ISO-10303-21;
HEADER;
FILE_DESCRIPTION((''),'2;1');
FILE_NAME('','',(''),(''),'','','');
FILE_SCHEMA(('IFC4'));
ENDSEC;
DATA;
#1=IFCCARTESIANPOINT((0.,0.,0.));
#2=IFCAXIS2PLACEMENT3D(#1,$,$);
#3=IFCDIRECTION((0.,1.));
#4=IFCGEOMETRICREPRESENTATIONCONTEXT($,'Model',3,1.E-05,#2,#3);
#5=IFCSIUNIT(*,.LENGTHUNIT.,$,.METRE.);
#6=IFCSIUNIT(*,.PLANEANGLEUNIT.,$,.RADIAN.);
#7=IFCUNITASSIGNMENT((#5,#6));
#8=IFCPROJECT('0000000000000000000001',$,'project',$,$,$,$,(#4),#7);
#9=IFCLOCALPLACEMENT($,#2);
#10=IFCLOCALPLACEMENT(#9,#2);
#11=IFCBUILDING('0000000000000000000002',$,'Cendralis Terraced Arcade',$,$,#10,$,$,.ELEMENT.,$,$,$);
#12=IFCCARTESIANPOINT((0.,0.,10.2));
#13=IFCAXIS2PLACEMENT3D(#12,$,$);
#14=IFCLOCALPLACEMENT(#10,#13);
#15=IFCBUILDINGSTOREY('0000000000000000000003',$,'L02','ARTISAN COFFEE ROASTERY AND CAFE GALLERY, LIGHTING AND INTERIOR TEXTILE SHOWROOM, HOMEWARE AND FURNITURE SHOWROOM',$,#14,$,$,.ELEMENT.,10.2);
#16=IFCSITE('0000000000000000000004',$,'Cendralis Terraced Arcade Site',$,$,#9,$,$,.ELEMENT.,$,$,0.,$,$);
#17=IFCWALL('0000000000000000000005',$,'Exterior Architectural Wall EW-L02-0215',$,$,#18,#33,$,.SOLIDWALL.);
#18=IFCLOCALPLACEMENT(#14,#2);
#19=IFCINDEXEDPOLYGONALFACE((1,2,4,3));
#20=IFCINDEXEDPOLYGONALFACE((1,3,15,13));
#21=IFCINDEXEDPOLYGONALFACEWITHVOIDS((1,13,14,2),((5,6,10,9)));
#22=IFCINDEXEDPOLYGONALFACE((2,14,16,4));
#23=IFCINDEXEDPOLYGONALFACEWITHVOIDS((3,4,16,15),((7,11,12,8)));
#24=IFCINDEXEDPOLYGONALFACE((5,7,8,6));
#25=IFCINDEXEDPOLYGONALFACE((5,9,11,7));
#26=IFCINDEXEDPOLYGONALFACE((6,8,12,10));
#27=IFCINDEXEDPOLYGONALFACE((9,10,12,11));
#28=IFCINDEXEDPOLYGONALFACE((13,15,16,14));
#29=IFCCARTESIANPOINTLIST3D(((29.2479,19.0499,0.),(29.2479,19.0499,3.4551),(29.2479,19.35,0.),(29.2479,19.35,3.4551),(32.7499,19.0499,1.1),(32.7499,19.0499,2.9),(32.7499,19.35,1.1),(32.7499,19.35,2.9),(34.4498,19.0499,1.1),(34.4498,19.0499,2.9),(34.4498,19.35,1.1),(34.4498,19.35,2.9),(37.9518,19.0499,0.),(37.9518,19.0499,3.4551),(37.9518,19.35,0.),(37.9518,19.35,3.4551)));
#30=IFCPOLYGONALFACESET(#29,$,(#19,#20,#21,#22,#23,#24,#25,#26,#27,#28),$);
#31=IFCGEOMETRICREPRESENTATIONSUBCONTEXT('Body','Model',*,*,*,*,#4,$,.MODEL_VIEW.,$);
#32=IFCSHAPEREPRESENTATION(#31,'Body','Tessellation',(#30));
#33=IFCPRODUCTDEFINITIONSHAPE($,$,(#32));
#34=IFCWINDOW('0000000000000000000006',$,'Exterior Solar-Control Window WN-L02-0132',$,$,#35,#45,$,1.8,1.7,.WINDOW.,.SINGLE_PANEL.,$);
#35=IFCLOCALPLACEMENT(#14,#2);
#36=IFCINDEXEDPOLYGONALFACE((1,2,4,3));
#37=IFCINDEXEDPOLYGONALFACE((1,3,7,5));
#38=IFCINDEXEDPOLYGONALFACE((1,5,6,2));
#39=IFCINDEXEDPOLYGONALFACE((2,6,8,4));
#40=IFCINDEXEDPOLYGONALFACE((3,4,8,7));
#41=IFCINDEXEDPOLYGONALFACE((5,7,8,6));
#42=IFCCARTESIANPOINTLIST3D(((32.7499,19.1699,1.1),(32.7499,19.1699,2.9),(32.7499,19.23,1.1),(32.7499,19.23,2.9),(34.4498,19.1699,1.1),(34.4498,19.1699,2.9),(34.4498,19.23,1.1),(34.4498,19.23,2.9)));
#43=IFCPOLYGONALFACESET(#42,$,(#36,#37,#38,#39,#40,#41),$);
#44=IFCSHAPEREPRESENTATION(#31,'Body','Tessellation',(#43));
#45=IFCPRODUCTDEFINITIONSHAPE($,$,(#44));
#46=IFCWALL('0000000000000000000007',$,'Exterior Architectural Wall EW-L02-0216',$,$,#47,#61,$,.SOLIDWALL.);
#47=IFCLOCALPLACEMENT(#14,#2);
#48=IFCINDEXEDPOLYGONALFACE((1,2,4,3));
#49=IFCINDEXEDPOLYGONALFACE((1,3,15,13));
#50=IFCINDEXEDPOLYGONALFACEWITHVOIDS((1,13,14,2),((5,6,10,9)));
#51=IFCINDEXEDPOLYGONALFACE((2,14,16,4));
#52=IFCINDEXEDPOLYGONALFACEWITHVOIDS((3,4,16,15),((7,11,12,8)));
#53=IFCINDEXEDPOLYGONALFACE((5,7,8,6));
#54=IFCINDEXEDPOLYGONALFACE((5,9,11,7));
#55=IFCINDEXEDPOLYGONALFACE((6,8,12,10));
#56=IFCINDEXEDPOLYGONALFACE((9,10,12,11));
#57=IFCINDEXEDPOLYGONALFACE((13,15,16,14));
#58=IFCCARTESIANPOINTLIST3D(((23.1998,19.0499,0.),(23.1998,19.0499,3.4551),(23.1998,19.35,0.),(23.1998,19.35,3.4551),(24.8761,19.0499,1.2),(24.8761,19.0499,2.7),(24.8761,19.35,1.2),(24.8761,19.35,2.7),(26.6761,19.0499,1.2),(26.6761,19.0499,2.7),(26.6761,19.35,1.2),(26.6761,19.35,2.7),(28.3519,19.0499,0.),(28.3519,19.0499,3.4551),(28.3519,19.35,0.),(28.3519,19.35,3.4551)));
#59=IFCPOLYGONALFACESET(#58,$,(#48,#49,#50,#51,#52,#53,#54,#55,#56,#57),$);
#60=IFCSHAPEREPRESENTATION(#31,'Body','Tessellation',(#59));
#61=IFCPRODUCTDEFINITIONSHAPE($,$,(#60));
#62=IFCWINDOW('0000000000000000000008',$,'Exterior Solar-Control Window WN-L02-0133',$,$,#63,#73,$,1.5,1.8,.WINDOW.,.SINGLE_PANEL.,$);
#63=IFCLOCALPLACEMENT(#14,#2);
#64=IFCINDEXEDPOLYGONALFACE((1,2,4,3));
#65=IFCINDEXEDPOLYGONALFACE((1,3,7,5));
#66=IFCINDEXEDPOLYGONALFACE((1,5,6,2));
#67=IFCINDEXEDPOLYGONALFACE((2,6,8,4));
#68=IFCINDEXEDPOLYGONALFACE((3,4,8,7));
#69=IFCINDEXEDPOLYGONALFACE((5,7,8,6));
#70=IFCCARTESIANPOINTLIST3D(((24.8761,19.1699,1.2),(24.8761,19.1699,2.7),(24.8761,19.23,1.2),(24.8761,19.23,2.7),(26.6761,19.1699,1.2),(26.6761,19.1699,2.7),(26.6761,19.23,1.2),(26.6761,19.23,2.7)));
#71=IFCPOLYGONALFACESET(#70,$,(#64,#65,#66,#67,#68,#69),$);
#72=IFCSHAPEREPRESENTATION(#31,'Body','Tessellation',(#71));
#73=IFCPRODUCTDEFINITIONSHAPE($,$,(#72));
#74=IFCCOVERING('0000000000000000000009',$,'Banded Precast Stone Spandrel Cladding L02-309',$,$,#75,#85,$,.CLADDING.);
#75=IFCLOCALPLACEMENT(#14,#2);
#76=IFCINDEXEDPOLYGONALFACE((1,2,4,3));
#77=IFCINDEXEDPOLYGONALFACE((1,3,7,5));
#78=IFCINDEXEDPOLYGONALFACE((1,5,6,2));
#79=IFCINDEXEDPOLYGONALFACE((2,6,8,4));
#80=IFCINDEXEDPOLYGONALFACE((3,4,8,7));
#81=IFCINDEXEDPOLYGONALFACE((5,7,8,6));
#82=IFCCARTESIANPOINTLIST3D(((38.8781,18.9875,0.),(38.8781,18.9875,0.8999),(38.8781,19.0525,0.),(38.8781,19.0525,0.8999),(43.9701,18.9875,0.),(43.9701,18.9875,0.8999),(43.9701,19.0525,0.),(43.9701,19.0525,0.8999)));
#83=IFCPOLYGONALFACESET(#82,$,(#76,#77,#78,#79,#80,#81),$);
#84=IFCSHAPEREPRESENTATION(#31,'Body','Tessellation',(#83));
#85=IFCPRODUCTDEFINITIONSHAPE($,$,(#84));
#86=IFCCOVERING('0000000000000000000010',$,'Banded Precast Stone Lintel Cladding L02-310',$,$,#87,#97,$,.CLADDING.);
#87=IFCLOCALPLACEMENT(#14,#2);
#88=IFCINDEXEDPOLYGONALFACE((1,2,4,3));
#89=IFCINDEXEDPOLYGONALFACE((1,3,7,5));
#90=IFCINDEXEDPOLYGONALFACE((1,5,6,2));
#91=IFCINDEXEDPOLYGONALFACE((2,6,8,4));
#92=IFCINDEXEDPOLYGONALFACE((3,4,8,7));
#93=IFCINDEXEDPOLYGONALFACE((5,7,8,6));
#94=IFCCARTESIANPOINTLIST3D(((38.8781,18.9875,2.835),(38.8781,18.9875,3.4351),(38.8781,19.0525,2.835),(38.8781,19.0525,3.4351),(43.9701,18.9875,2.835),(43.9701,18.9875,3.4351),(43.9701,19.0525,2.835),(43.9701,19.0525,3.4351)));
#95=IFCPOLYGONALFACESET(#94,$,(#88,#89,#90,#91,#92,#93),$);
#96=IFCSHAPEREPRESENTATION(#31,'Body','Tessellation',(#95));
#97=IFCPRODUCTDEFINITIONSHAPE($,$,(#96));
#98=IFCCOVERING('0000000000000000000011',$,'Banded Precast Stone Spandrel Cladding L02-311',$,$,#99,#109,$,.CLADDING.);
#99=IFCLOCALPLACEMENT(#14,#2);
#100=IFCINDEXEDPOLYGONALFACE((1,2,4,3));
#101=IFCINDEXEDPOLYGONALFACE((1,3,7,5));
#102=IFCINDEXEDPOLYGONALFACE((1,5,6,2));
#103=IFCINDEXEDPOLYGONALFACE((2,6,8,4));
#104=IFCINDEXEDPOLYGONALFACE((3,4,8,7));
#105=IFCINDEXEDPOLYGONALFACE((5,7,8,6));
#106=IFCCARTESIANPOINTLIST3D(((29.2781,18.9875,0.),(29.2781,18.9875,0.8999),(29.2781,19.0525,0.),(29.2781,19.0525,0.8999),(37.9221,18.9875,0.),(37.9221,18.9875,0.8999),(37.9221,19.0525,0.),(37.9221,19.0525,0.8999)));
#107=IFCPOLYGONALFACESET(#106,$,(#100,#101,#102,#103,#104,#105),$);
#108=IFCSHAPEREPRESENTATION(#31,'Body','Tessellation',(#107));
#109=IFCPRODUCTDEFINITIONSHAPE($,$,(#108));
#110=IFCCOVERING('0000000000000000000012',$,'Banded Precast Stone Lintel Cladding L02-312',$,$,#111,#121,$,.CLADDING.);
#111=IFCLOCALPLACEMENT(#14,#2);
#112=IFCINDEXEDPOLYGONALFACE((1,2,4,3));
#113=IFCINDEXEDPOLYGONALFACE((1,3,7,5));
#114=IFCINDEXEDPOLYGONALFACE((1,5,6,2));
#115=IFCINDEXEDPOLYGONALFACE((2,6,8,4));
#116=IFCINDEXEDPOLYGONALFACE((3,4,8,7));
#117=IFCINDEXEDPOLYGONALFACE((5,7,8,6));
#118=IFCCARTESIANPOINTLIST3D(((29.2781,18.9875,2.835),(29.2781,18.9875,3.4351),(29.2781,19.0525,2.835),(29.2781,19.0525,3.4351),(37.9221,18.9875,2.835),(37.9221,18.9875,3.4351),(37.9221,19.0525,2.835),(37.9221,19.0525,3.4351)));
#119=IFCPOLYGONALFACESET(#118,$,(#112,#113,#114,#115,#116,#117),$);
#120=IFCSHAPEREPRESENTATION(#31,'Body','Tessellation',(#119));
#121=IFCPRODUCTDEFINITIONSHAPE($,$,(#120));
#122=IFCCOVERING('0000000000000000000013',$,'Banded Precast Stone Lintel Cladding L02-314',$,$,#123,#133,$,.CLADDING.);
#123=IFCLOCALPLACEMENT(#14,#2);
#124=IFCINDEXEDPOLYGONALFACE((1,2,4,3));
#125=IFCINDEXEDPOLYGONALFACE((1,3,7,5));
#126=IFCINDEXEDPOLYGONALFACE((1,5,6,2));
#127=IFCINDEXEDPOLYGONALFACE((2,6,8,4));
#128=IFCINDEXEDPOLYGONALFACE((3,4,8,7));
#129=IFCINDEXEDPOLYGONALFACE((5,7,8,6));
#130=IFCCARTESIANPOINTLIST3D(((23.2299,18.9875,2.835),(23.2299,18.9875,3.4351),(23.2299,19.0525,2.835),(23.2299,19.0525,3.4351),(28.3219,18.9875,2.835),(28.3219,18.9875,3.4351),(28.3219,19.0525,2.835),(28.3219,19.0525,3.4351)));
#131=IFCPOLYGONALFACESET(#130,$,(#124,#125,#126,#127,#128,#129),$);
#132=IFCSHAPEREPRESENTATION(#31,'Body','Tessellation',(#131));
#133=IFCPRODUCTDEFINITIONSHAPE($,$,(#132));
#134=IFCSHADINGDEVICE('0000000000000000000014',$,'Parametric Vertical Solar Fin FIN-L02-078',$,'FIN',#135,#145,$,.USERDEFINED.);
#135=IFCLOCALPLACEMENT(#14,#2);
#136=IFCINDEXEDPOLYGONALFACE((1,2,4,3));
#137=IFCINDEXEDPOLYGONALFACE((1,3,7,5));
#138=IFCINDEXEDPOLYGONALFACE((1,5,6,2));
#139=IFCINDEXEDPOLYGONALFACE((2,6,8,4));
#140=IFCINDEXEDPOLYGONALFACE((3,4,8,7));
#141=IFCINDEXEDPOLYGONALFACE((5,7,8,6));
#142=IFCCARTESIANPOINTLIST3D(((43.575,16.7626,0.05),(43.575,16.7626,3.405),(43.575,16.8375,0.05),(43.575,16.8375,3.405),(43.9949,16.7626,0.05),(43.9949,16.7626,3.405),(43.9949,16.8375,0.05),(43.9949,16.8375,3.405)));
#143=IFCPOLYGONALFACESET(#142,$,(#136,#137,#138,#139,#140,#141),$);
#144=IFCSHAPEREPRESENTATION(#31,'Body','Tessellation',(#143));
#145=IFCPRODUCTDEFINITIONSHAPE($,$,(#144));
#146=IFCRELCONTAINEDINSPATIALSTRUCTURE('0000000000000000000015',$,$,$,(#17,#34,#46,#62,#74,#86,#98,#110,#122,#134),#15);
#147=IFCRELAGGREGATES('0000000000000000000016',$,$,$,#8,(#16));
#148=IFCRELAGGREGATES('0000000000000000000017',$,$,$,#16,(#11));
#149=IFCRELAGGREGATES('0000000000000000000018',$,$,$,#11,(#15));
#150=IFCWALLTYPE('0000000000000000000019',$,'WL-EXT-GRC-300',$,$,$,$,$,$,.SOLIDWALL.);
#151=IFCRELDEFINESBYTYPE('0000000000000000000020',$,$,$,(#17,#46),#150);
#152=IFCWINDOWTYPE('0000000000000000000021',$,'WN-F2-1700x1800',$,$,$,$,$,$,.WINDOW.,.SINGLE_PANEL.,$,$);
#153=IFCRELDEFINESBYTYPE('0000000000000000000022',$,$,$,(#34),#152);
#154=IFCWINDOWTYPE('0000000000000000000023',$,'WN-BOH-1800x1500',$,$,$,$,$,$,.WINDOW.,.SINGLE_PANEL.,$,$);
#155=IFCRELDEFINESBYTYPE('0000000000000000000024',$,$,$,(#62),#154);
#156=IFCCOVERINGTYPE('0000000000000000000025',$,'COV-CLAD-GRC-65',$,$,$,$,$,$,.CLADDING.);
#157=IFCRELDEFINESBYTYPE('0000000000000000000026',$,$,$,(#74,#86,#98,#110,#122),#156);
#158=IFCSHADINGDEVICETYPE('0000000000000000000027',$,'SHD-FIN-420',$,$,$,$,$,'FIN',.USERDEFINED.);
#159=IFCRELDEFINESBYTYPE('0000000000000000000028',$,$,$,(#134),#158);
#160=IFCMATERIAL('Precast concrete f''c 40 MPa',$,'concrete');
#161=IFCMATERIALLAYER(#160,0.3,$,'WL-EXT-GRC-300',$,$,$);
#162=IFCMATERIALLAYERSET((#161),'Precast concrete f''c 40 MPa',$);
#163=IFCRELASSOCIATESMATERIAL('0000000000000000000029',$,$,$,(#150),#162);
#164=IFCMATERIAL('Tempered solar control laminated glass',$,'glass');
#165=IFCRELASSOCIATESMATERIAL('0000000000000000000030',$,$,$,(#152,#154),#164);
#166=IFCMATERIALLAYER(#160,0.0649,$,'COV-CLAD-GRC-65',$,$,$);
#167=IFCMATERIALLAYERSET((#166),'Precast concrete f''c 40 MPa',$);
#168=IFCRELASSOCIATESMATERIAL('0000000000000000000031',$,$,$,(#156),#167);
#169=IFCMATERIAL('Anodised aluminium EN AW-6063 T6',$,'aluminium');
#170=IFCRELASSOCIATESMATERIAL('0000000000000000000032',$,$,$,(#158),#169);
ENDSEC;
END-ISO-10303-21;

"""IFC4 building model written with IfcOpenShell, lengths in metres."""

from ifc_helpers import new_model, si_unit, direction, frame, frame_2d, origin, origin_2d, place, context, subcontext, project, spatial, rectangle, extrude, material, layer, layer_set, type_object, element, fill, save


model = new_model("IFC4")

# Units and contexts
model_context = context("Model", 3, precision=1e-05, world=origin(), true_north=direction((0.0, 1.0)))
body_context = subcontext(model_context, "Body", "Model", "MODEL_VIEW")
ifc_project = project(units=[si_unit("LENGTHUNIT", "METRE"), si_unit("PLANEANGLEUNIT", "RADIAN")], contexts=[model_context])

# Site, building, storey
site_placement = place(None, origin())
site = spatial("IfcSite", under=ifc_project, at=site_placement, Name="Cendralis Terraced Arcade Site", CompositionType="ELEMENT", RefElevation=0.0)
building_placement = place(site_placement, origin())
building = spatial("IfcBuilding", under=site, at=building_placement, Name="Cendralis Terraced Arcade", CompositionType="ELEMENT")
storey_placement = place(building_placement, frame((0.0, 0.0, 10.2)))
storey = spatial("IfcBuildingStorey", under=building, at=storey_placement, Name="L02", Description="ARTISAN COFFEE ROASTERY AND CAFE GALLERY, LIGHTING AND INTERIOR TEXTILE SHOWROOM, HOMEWARE AND FURNITURE SHOWROOM", CompositionType="ELEMENT", Elevation=10.2)

# Shared definitions
ifc_material_1 = material(Name="Anodised aluminium EN AW-6063 T6", Category="aluminium")
ifc_material_2 = material(Name="Tempered solar control laminated glass", Category="glass")

# Walls, openings, windows
ifc_material_3 = material(Name="Precast concrete f'c 40 MPa", Category="concrete")
ifc_layer_1 = layer(ifc_material_3, 0.3, Name="WL-EXT-GRC-300")
ifc_layer_set_1 = layer_set([ifc_layer_1], Name="Precast concrete f'c 40 MPa")
wall_type = type_object("IfcWallType", Name="WL-EXT-GRC-300", PredefinedType="SOLIDWALL", material=ifc_layer_set_1)
wall_1_placement = place(storey_placement, frame((37.9519, 19.2, 0.0), z_axis=(0.0, 0.0, 1.0), x_axis=(-1.0, 0.0, 0.0)))
wall_1 = element("IfcWall", 1, at=wall_1_placement, inside=storey, type_object=wall_type, Name="Exterior Architectural Wall EW-L02-0215", PredefinedType="SOLIDWALL", context=body_context, shape_type="SweptSolid", body=[
    extrude(rectangle(XDim=8.7039, YDim=0.3, at=frame_2d((4.3521, 0.0))), origin(), (0.0, 0.0, 1.0), 3.4551),
])
opening_1_placement = place(wall_1_placement, frame((3.502, 0.0, 1.1001)))
opening_1 = element("IfcOpeningElement", 2, at=opening_1_placement, cuts=wall_1, PredefinedType="OPENING", context=body_context, shape_type="SweptSolid", body=[
    extrude(rectangle(XDim=1.7, YDim=1.8, at=frame_2d((0.8501, 0.8999))), frame((0.0, 0.1621, 0.0), z_axis=(0.0, -1.0, 0.0), x_axis=(1.0, 0.0, 0.0)), (0.0, 0.0, 1.0), 0.324),
])
window_type_1 = type_object("IfcWindowType", Name="WN-F2-1700x1800", PartitioningType="SINGLE_PANEL", PredefinedType="WINDOW", material=ifc_material_2)
window_1_placement = place(opening_1_placement, origin())
window_1 = element("IfcWindow", 3, at=window_1_placement, inside=storey, type_object=window_type_1, Name="Exterior Solar-Control Window WN-L02-0132", OverallHeight=1.8, OverallWidth=1.7, PartitioningType="SINGLE_PANEL", PredefinedType="WINDOW", context=body_context, shape_type="SweptSolid", body=[
    extrude(rectangle(XDim=1.7, YDim=1.8, at=frame_2d((0.8501, 0.8999))), frame((0.0, 0.03, 0.0), z_axis=(0.0, -1.0, 0.0), x_axis=(1.0, 0.0, 0.0)), (0.0, 0.0, 1.0), 0.0601),
])
fill(opening_1, window_1)
wall_2_placement = place(storey_placement, frame((28.3521, 19.2, 0.0), z_axis=(0.0, 0.0, 1.0), x_axis=(-1.0, 0.0, 0.0)))
wall_2 = element("IfcWall", 4, at=wall_2_placement, inside=storey, type_object=wall_type, Name="Exterior Architectural Wall EW-L02-0216", PredefinedType="SOLIDWALL", context=body_context, shape_type="SweptSolid", body=[
    extrude(rectangle(XDim=5.1521, YDim=0.3, at=frame_2d((2.5762, 0.0))), origin(), (0.0, 0.0, 1.0), 3.4551),
])
opening_2_placement = place(wall_2_placement, frame((1.676, 0.0, 1.2)))
opening_2 = element("IfcOpeningElement", 5, at=opening_2_placement, cuts=wall_2, PredefinedType="OPENING", context=body_context, shape_type="SweptSolid", body=[
    extrude(rectangle(XDim=1.8, YDim=1.5, at=frame_2d((0.8999, 0.75))), frame((0.0, 0.1621, 0.0), z_axis=(0.0, -1.0, 0.0), x_axis=(1.0, 0.0, 0.0)), (0.0, 0.0, 1.0), 0.324),
])
window_type_2 = type_object("IfcWindowType", Name="WN-BOH-1800x1500", PartitioningType="SINGLE_PANEL", PredefinedType="WINDOW", material=ifc_material_2)
window_2_placement = place(opening_2_placement, origin())
window_2 = element("IfcWindow", 6, at=window_2_placement, inside=storey, type_object=window_type_2, Name="Exterior Solar-Control Window WN-L02-0133", OverallHeight=1.5, OverallWidth=1.8, PartitioningType="SINGLE_PANEL", PredefinedType="WINDOW", context=body_context, shape_type="SweptSolid", body=[
    extrude(rectangle(XDim=1.8, YDim=1.5, at=frame_2d((0.8999, 0.75))), frame((0.0, 0.03, 0.0), z_axis=(0.0, -1.0, 0.0), x_axis=(1.0, 0.0, 0.0)), (0.0, 0.0, 1.0), 0.0601),
])
fill(opening_2, window_2)

# Coverings
ifc_layer_2 = layer(ifc_material_3, 0.0649, Name="COV-CLAD-GRC-65")
ifc_layer_set_2 = layer_set([ifc_layer_2], Name="Precast concrete f'c 40 MPa")
covering_type = type_object("IfcCoveringType", Name="COV-CLAD-GRC-65", PredefinedType="CLADDING", material=ifc_layer_set_2)
covering_1_placement = place(storey_placement, frame((41.4241, 19.02, 0.0), z_axis=(0.0, 0.0, 1.0), x_axis=(-1.0, 0.0, 0.0)))
element("IfcCovering", 7, at=covering_1_placement, inside=storey, type_object=covering_type, Name="Banded Precast Stone Spandrel Cladding L02-309", PredefinedType="CLADDING", context=body_context, shape_type="SweptSolid", body=[
    extrude(rectangle(XDim=5.092, YDim=0.0649, at=origin_2d()), origin(), (0.0, 0.0, 1.0), 0.8999),
])
covering_2_placement = place(storey_placement, frame((41.4241, 19.02, 2.835), z_axis=(0.0, 0.0, 1.0), x_axis=(-1.0, 0.0, 0.0)))
element("IfcCovering", 8, at=covering_2_placement, inside=storey, type_object=covering_type, Name="Banded Precast Stone Lintel Cladding L02-310", PredefinedType="CLADDING", context=body_context, shape_type="SweptSolid", body=[
    extrude(rectangle(XDim=5.092, YDim=0.0649, at=origin_2d()), origin(), (0.0, 0.0, 1.0), 0.6001),
])
covering_3_placement = place(storey_placement, frame((33.6001, 19.02, 0.0), z_axis=(0.0, 0.0, 1.0), x_axis=(-1.0, 0.0, 0.0)))
element("IfcCovering", 9, at=covering_3_placement, inside=storey, type_object=covering_type, Name="Banded Precast Stone Spandrel Cladding L02-311", PredefinedType="CLADDING", context=body_context, shape_type="SweptSolid", body=[
    extrude(rectangle(XDim=8.644, YDim=0.0649, at=origin_2d()), origin(), (0.0, 0.0, 1.0), 0.8999),
])
covering_4_placement = place(storey_placement, frame((33.6001, 19.02, 2.835), z_axis=(0.0, 0.0, 1.0), x_axis=(-1.0, 0.0, 0.0)))
element("IfcCovering", 10, at=covering_4_placement, inside=storey, type_object=covering_type, Name="Banded Precast Stone Lintel Cladding L02-312", PredefinedType="CLADDING", context=body_context, shape_type="SweptSolid", body=[
    extrude(rectangle(XDim=8.644, YDim=0.0649, at=origin_2d()), origin(), (0.0, 0.0, 1.0), 0.6001),
])
covering_5_placement = place(storey_placement, frame((25.7759, 19.02, 2.835), z_axis=(0.0, 0.0, 1.0), x_axis=(-1.0, 0.0, 0.0)))
element("IfcCovering", 11, at=covering_5_placement, inside=storey, type_object=covering_type, Name="Banded Precast Stone Lintel Cladding L02-314", PredefinedType="CLADDING", context=body_context, shape_type="SweptSolid", body=[
    extrude(rectangle(XDim=5.092, YDim=0.0649, at=origin_2d()), origin(), (0.0, 0.0, 1.0), 0.6001),
])

# Shading device
shading_device_type = type_object("IfcShadingDeviceType", Name="SHD-FIN-420", ElementType="FIN", PredefinedType="USERDEFINED", material=ifc_material_1)
shading_device_placement = place(storey_placement, frame((43.7849, 16.8, 0.05), z_axis=(0.0, 0.0, 1.0), x_axis=(0.0, 1.0, 0.0)))
element("IfcShadingDevice", 12, at=shading_device_placement, inside=storey, type_object=shading_device_type, Name="Parametric Vertical Solar Fin FIN-L02-078", ObjectType="FIN", PredefinedType="USERDEFINED", context=body_context, shape_type="SweptSolid", body=[
    extrude(rectangle(XDim=0.075, YDim=0.4199, at=origin_2d()), origin(), (0.0, 0.0, 1.0), 3.355),
])

save(model, "model.ifc")
